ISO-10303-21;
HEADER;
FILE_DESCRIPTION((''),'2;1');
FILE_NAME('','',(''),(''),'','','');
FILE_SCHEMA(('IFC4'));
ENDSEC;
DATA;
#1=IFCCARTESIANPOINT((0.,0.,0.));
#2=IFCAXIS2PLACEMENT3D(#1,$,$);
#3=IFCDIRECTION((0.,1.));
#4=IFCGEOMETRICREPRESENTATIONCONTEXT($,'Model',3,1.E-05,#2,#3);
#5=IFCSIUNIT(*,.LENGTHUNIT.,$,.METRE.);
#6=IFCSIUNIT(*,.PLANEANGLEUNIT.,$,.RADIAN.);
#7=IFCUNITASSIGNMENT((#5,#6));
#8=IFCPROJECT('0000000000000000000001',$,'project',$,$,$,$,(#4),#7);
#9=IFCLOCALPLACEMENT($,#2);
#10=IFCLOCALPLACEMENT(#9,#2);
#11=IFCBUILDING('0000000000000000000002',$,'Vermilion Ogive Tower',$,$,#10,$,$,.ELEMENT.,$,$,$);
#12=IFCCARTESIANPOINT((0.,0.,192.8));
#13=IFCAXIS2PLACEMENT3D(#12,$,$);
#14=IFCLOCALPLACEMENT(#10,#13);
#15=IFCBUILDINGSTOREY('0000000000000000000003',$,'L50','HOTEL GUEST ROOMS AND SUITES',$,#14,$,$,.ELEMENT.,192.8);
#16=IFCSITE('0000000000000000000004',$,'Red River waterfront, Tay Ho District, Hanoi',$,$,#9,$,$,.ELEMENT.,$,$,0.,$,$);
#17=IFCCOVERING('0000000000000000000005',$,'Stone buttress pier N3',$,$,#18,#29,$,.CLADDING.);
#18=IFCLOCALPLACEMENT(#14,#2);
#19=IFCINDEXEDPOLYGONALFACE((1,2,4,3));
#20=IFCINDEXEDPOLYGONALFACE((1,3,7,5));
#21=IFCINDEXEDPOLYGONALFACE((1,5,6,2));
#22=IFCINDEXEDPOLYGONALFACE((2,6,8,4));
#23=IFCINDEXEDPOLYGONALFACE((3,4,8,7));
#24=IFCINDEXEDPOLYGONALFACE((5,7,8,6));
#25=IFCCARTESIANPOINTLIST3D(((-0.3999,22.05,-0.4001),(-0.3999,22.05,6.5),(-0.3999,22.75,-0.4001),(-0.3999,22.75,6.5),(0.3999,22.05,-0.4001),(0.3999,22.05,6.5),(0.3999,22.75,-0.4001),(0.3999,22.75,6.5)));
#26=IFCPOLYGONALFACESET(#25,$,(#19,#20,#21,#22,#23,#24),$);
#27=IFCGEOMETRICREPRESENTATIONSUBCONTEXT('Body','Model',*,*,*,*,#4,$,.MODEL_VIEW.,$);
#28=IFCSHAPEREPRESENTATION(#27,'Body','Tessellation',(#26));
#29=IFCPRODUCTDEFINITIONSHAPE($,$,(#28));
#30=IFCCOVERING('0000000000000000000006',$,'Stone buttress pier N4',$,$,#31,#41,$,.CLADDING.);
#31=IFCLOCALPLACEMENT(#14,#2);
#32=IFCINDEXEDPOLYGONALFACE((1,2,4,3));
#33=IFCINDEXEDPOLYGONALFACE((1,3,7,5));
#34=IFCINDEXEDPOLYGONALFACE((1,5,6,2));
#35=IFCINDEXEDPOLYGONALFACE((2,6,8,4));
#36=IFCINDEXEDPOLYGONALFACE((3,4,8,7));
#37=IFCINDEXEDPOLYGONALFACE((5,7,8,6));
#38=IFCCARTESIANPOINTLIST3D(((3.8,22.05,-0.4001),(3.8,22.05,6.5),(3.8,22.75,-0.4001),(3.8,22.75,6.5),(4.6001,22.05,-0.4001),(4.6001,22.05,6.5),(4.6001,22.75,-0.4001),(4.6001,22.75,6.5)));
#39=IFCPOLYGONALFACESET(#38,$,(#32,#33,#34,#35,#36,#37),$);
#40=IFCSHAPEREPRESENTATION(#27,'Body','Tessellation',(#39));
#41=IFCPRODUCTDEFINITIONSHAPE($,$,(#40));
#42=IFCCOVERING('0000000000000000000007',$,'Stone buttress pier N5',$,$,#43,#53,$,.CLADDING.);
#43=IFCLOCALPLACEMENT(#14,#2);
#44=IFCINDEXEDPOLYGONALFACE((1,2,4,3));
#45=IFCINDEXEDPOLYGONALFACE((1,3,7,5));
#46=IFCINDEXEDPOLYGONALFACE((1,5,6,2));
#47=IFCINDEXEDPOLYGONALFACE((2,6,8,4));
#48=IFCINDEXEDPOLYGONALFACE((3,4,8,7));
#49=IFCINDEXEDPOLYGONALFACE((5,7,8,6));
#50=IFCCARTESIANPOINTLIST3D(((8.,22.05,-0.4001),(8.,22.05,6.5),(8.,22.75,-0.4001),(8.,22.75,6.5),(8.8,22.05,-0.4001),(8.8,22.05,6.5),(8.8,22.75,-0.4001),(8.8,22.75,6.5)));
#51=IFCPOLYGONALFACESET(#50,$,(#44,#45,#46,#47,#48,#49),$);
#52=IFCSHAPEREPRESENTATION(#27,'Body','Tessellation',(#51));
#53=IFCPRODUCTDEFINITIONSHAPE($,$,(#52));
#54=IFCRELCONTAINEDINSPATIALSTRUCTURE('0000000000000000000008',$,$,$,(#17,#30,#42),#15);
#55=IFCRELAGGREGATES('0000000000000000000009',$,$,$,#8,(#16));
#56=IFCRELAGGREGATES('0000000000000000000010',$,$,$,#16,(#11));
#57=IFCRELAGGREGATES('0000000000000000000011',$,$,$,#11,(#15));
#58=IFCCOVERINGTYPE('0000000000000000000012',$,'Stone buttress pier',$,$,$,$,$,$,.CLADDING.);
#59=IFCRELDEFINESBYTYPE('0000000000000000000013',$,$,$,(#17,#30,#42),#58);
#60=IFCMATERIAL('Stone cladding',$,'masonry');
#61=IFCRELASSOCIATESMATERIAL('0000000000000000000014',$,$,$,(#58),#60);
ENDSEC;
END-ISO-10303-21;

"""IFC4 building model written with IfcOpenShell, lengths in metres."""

from ifc_helpers import new_model, si_unit, direction, frame, origin, place, context, subcontext, project, spatial, polyline, outline, extrude, material, type_object, element, save


model = new_model("IFC4")

# Units and contexts
model_context = context("Model", 3, precision=1e-05, world=origin(), true_north=direction((0.0, 1.0)))
body_context = subcontext(model_context, "Body", "Model", "MODEL_VIEW")
ifc_project = project(units=[si_unit("LENGTHUNIT", "METRE"), si_unit("PLANEANGLEUNIT", "RADIAN")], contexts=[model_context])

# Site, building, storey
site_placement = place(None, origin())
site = spatial("IfcSite", under=ifc_project, at=site_placement, Name="Red River waterfront, Tay Ho District, Hanoi", CompositionType="ELEMENT", RefElevation=0.0)
building_placement = place(site_placement, origin())
building = spatial("IfcBuilding", under=site, at=building_placement, Name="Vermilion Ogive Tower", CompositionType="ELEMENT")
storey_placement = place(building_placement, frame((0.0, 0.0, 192.8)))
storey = spatial("IfcBuildingStorey", under=building, at=storey_placement, Name="L50", Description="HOTEL GUEST ROOMS AND SUITES", CompositionType="ELEMENT", Elevation=192.8)

# Coverings
ifc_material_1 = material(Name="Stone cladding", Category="masonry")
covering_type = type_object("IfcCoveringType", Name="Stone buttress pier", PredefinedType="CLADDING", material=ifc_material_1)
covering_1_placement = place(storey_placement, frame((0.0, 0.0, -0.4001)))
element("IfcCovering", 1, at=covering_1_placement, inside=storey, type_object=covering_type, Name="Stone buttress pier N3", PredefinedType="CLADDING", context=body_context, shape_type="SweptSolid", body=[
    extrude(outline(polyline([(0.3999, 22.75), (0.3999, 22.05), (-0.3999, 22.05), (-0.3999, 22.75), (0.3999, 22.75)])), origin(), (0.0, 0.0, 1.0), 6.9001),
])
covering_2_placement = place(storey_placement, frame((0.0, 0.0, -0.4001)))
element("IfcCovering", 2, at=covering_2_placement, inside=storey, type_object=covering_type, Name="Stone buttress pier N4", PredefinedType="CLADDING", context=body_context, shape_type="SweptSolid", body=[
    extrude(outline(polyline([(4.6001, 22.75), (4.6001, 22.05), (3.8, 22.05), (3.8, 22.75), (4.6001, 22.75)])), origin(), (0.0, 0.0, 1.0), 6.9001),
])
covering_3_placement = place(storey_placement, frame((0.0, 0.0, -0.4001)))
element("IfcCovering", 3, at=covering_3_placement, inside=storey, type_object=covering_type, Name="Stone buttress pier N5", PredefinedType="CLADDING", context=body_context, shape_type="SweptSolid", body=[
    extrude(outline(polyline([(8.8, 22.75), (8.8, 22.05), (8.0, 22.05), (8.0, 22.75), (8.8, 22.75)])), origin(), (0.0, 0.0, 1.0), 6.9001),
])

save(model, "model.ifc")
